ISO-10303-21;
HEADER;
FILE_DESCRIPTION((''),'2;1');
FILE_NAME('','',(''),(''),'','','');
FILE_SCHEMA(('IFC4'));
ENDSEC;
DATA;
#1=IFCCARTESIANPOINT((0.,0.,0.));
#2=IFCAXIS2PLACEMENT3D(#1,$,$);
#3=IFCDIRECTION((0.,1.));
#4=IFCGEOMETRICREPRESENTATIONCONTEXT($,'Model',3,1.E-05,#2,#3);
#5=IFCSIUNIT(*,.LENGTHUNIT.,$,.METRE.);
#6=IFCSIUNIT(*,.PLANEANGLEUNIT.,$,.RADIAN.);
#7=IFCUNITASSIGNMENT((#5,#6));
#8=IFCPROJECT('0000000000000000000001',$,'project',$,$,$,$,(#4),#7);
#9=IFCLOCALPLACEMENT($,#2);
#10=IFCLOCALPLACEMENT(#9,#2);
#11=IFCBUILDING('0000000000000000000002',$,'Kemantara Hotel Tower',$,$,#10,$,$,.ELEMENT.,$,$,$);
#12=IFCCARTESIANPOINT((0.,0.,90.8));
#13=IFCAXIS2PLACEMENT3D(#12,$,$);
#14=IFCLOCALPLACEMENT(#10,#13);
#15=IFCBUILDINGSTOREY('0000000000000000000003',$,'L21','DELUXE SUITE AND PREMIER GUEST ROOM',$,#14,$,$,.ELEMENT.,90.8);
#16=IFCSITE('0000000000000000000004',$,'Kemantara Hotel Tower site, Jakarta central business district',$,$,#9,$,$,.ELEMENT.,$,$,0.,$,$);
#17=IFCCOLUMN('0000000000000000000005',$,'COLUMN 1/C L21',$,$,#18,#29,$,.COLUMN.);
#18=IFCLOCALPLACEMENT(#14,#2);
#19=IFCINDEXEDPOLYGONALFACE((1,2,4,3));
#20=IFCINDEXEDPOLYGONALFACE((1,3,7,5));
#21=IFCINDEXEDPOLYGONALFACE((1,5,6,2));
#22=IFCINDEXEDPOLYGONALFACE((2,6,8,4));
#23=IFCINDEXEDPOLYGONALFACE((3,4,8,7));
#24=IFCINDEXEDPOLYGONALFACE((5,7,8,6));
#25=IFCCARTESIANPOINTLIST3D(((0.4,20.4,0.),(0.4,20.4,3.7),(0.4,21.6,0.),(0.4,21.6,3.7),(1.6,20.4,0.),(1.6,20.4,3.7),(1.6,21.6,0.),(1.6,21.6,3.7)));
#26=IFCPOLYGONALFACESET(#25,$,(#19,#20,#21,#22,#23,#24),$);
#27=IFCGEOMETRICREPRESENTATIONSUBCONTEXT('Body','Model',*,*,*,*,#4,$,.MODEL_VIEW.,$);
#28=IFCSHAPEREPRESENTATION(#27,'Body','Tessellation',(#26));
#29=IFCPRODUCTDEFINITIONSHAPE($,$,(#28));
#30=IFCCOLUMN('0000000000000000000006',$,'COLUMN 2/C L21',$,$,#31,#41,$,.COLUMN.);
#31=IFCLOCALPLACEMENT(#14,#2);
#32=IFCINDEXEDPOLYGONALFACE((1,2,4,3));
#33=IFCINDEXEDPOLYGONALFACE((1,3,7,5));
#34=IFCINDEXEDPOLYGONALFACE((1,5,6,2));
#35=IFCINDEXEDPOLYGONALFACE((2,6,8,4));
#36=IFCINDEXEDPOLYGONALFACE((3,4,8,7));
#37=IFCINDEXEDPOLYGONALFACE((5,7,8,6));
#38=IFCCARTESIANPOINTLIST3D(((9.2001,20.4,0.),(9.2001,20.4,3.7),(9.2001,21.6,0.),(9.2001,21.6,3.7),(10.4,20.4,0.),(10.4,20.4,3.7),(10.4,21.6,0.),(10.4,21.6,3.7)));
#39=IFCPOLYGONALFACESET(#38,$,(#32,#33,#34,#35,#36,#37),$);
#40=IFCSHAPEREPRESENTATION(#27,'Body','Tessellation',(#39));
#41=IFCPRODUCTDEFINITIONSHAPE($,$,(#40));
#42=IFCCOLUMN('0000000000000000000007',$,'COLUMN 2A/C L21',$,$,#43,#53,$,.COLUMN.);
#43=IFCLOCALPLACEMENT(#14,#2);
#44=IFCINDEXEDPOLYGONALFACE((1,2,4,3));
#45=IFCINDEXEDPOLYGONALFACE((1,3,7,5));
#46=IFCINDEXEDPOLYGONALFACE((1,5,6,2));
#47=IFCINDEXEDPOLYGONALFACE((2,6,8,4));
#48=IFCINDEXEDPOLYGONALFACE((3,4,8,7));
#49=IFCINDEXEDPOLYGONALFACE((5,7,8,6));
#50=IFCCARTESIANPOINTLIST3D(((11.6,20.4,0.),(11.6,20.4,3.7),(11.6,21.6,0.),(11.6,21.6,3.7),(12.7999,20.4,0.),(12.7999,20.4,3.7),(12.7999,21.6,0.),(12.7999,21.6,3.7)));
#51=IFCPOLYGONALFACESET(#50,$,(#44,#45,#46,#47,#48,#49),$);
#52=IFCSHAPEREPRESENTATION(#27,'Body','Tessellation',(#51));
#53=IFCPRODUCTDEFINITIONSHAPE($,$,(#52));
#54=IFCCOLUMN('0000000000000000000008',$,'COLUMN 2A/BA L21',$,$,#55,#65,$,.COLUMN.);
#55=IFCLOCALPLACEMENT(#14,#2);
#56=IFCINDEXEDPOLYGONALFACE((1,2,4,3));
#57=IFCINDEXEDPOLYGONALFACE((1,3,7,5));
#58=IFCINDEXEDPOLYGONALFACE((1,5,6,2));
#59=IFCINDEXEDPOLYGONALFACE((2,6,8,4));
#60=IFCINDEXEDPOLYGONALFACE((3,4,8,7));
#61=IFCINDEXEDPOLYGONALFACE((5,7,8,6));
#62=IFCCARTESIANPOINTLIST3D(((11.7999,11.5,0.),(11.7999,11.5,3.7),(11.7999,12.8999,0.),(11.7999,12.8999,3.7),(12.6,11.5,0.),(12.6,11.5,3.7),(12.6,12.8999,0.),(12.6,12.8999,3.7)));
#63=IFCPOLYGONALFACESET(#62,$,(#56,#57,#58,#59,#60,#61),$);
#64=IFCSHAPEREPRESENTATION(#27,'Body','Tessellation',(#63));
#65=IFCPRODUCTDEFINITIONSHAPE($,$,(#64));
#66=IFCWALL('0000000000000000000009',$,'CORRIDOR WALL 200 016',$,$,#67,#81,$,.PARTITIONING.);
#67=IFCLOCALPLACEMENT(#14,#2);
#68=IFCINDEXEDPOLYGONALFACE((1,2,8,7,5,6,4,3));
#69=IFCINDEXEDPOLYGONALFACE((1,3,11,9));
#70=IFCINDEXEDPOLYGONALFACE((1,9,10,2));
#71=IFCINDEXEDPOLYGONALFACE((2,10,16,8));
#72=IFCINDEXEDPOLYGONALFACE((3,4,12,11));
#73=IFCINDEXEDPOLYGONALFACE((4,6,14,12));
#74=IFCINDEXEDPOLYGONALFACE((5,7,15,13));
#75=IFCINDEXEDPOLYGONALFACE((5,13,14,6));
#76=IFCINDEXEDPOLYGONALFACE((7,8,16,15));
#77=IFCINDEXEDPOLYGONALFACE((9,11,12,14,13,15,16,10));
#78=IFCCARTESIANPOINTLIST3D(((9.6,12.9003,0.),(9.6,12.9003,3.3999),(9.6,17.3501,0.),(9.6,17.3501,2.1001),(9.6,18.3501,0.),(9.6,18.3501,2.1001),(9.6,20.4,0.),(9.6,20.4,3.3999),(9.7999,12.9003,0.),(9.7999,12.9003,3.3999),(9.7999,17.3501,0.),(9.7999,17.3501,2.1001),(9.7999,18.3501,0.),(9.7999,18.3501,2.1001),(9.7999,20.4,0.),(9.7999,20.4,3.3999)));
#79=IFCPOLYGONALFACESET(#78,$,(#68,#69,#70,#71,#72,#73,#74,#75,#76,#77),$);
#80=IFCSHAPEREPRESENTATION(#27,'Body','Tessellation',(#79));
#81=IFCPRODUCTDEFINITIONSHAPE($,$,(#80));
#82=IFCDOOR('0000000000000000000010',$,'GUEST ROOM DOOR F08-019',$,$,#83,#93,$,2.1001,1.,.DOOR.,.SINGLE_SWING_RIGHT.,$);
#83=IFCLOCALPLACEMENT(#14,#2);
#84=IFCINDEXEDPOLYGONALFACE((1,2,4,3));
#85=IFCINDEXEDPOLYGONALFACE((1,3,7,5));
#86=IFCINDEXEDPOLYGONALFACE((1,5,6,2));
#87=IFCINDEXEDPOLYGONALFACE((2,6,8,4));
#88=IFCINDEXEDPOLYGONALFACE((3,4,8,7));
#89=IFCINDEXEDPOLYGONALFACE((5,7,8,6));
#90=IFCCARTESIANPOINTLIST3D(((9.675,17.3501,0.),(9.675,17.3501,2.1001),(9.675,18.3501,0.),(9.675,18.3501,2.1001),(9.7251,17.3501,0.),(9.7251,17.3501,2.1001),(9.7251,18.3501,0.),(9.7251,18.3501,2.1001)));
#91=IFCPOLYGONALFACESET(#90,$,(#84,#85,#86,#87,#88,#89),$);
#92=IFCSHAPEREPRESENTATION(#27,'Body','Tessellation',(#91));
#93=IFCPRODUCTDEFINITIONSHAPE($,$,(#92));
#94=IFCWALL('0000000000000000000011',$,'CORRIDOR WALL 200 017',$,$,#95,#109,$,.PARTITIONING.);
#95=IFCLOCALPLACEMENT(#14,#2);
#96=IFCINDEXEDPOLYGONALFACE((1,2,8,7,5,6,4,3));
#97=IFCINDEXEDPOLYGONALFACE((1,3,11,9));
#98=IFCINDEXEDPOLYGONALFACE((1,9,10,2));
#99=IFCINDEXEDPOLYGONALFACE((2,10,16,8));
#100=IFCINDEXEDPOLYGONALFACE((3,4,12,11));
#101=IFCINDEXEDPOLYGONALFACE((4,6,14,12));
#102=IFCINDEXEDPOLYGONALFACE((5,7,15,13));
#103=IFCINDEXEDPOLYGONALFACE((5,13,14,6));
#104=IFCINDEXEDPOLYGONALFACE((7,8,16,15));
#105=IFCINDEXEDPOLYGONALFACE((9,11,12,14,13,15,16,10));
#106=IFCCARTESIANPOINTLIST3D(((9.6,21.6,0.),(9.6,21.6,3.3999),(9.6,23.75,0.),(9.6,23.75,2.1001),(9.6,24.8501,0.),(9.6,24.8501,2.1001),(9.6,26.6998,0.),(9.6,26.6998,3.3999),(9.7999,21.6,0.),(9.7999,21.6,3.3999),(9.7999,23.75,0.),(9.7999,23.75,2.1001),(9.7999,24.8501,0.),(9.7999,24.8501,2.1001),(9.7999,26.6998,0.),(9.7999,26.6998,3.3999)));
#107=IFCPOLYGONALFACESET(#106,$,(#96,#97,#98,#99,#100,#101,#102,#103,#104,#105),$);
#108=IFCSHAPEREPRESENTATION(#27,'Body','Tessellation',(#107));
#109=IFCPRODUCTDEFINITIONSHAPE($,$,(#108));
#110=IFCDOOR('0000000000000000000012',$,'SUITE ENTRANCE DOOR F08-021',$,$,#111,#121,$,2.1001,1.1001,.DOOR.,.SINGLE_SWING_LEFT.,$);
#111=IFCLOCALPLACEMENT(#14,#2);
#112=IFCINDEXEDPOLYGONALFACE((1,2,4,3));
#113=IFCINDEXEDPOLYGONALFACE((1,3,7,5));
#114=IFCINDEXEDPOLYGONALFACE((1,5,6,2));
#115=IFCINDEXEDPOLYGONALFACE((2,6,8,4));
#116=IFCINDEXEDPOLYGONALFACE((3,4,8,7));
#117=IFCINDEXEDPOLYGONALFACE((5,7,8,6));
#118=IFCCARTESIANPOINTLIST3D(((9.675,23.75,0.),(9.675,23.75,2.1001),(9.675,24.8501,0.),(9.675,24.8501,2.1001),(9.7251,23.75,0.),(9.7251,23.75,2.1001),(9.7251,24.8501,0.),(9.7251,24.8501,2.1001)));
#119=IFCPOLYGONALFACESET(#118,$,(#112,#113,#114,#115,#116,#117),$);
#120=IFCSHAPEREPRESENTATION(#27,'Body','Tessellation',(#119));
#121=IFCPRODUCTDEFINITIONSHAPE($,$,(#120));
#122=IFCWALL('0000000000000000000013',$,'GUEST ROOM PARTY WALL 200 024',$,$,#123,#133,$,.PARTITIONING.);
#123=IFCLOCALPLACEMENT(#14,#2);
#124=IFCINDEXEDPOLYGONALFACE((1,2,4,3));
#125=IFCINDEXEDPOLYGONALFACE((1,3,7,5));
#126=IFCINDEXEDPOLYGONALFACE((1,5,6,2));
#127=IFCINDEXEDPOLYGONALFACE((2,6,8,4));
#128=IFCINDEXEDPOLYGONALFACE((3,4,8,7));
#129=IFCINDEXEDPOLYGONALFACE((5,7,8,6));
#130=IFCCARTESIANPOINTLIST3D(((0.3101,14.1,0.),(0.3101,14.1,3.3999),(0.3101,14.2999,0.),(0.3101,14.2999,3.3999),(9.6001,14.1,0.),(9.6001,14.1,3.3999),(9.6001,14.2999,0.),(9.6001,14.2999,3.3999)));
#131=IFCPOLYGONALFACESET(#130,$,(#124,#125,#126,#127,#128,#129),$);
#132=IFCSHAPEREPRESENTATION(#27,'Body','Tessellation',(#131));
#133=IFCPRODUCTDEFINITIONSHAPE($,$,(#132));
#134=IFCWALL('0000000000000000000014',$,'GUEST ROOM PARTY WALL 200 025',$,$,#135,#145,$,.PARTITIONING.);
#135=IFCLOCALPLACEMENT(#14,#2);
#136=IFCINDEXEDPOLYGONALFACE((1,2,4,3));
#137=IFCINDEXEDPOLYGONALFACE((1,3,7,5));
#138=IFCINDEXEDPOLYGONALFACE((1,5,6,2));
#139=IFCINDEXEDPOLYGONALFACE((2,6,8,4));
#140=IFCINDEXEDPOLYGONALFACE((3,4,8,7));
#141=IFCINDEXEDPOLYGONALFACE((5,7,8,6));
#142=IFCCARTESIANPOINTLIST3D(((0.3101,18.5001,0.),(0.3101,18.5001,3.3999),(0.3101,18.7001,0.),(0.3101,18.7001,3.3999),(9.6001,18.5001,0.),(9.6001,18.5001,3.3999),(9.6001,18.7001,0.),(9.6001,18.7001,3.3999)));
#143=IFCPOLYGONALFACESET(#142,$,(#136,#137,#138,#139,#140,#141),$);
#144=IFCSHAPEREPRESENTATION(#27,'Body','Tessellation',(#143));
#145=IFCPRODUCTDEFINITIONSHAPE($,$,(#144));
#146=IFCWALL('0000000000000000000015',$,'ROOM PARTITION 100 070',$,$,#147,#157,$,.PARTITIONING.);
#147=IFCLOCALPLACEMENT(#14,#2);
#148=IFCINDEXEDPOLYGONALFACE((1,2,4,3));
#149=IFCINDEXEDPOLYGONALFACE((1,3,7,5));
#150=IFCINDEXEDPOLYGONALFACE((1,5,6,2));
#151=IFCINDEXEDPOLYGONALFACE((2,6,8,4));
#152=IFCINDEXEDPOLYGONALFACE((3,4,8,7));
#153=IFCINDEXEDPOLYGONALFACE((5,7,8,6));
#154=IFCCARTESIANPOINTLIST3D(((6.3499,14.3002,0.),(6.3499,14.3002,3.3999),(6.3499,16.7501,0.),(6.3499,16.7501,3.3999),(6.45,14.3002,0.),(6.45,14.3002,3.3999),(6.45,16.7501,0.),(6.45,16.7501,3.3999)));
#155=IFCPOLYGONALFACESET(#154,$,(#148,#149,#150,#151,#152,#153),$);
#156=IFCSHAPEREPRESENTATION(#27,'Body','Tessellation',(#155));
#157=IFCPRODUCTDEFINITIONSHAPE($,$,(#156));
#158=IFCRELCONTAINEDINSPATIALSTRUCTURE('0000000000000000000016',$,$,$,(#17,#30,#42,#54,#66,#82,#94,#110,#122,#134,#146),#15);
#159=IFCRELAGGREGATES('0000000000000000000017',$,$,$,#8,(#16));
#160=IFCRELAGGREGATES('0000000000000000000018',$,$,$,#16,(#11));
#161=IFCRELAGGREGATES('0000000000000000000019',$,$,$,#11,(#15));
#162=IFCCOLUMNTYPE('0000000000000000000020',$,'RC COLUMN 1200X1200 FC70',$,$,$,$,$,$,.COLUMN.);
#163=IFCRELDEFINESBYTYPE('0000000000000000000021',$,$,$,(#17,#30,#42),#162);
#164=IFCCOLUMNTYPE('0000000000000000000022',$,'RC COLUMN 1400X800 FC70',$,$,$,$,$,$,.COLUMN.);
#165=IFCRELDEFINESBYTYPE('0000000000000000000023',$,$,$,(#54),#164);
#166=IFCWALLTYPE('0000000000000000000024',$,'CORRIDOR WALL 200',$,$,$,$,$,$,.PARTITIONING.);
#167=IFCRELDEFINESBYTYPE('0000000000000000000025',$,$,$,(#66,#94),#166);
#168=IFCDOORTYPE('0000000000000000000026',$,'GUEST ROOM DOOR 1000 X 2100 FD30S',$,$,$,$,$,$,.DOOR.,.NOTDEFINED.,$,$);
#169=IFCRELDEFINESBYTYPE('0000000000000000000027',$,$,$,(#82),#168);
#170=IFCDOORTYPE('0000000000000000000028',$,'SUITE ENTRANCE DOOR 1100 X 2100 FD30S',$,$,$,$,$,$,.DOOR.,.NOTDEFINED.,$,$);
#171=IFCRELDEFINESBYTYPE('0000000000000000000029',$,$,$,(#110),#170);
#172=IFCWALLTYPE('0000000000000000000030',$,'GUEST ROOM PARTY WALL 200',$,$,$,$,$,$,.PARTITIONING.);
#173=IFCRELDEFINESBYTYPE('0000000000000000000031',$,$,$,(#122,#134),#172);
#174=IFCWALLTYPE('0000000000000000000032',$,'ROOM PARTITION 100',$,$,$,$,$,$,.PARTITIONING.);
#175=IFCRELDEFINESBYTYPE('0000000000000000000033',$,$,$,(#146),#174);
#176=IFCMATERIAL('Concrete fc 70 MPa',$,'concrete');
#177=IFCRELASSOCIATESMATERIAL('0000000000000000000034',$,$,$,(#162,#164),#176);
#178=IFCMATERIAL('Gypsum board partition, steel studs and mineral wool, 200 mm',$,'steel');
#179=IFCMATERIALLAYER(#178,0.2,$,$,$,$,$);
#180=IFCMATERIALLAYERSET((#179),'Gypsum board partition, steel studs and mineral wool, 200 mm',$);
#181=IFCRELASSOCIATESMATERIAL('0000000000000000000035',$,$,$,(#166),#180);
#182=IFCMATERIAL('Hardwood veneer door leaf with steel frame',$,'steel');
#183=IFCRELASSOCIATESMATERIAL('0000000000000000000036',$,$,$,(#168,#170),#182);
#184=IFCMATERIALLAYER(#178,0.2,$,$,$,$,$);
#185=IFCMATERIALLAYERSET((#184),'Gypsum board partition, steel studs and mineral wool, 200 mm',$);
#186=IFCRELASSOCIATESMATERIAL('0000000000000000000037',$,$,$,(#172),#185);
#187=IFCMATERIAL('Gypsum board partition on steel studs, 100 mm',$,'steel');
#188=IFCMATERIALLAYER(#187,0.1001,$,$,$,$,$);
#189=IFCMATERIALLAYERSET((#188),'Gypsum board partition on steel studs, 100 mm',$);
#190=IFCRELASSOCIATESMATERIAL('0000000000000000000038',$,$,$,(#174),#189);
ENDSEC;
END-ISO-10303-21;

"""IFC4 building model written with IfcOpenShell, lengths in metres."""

from ifc_helpers import new_model, si_unit, direction, frame, frame_2d, origin, origin_2d, place, context, subcontext, project, spatial, rectangle, extrude, material, layer, layer_set, material_profile, profile_set, type_object, element, fill, save


model = new_model("IFC4")

# Units and contexts
model_context = context("Model", 3, precision=1e-05, world=origin(), true_north=direction((0.0, 1.0)))
body_context = subcontext(model_context, "Body", "Model", "MODEL_VIEW")
ifc_project = project(units=[si_unit("LENGTHUNIT", "METRE"), si_unit("PLANEANGLEUNIT", "RADIAN")], contexts=[model_context])

# Site, building, storey
site_placement = place(None, origin())
site = spatial("IfcSite", under=ifc_project, at=site_placement, Name="Kemantara Hotel Tower site, Jakarta central business district", CompositionType="ELEMENT", RefElevation=0.0)
building_placement = place(site_placement, origin())
building = spatial("IfcBuilding", under=site, at=building_placement, Name="Kemantara Hotel Tower", CompositionType="ELEMENT")
storey_placement = place(building_placement, frame((0.0, 0.0, 90.8)))
storey = spatial("IfcBuildingStorey", under=building, at=storey_placement, Name="L21", Description="DELUXE SUITE AND PREMIER GUEST ROOM", CompositionType="ELEMENT", Elevation=90.8)

# Columns
ifc_material_1 = material(Name="Concrete fc 70 MPa", Category="concrete")
ifc_material_profile_1 = material_profile(ifc_material_1, rectangle(XDim=1.2, YDim=1.2, at=origin_2d()), Name="RC 1200X1200")
ifc_profile_set_1 = profile_set([ifc_material_profile_1], Name="Concrete fc 70 MPa")
column_type_1 = type_object("IfcColumnType", Name="RC COLUMN 1200X1200 FC70", PredefinedType="COLUMN", material=ifc_profile_set_1)
for number, where, z_axis, x_axis, name in (
    (1, (1.0, 21.0, 0.0), (0.0, 0.0, 1.0), (1.0, 0.0, 0.0), "COLUMN 1/C L21"),
    (2, (9.8, 21.0, 0.0), (0.0, 0.0, 1.0), (1.0, 0.0, 0.0), "COLUMN 2/C L21"),
    (3, (12.2, 21.0, 0.0), (0.0, 0.0, 1.0), (1.0, 0.0, 0.0), "COLUMN 2A/C L21"),
):
    element("IfcColumn", number, at=place(storey_placement, frame(where, z_axis=z_axis, x_axis=x_axis)), inside=storey, type_object=column_type_1, Name=name, PredefinedType="COLUMN", context=body_context, shape_type="SweptSolid", body=[
        extrude(rectangle(XDim=1.2, YDim=1.2, at=origin_2d()), origin(), (0.0, 0.0, 1.0), 3.7),
    ])
ifc_material_profile_2 = material_profile(ifc_material_1, rectangle(XDim=1.3999, YDim=0.8, at=origin_2d()), Name="RC 1400X800")
ifc_profile_set_2 = profile_set([ifc_material_profile_2], Name="Concrete fc 70 MPa")
column_type_2 = type_object("IfcColumnType", Name="RC COLUMN 1400X800 FC70", PredefinedType="COLUMN", material=ifc_profile_set_2)
column_placement = place(storey_placement, frame((12.2, 12.2, 0.0), z_axis=(0.0, 0.0, 1.0), x_axis=(0.0, 1.0, 0.0)))
element("IfcColumn", 4, at=column_placement, inside=storey, type_object=column_type_2, Name="COLUMN 2A/BA L21", PredefinedType="COLUMN", context=body_context, shape_type="SweptSolid", body=[
    extrude(rectangle(XDim=1.3999, YDim=0.8, at=origin_2d()), origin(), (0.0, 0.0, 1.0), 3.7),
])

# Walls, openings, doors
ifc_material_2 = material(Name="Gypsum board partition, steel studs and mineral wool, 200 mm", Category="steel")
ifc_layer_1 = layer(ifc_material_2, 0.2)
ifc_layer_set_1 = layer_set([ifc_layer_1], Name="Gypsum board partition, steel studs and mineral wool, 200 mm")
wall_type_1 = type_object("IfcWallType", Name="CORRIDOR WALL 200", PredefinedType="PARTITIONING", material=ifc_layer_set_1)
wall_1_placement = place(storey_placement, frame((9.7, 12.9001, 0.0), z_axis=(0.0, 0.0, 1.0), x_axis=(0.0, 1.0, 0.0)))
wall_1 = element("IfcWall", 5, at=wall_1_placement, inside=storey, type_object=wall_type_1, Name="CORRIDOR WALL 200 016", PredefinedType="PARTITIONING", context=body_context, shape_type="SweptSolid", body=[
    extrude(rectangle(XDim=7.4998, YDim=0.2, at=frame_2d((3.75, 0.0))), origin(), (0.0, 0.0, 1.0), 3.3999),
])
opening_1_placement = place(wall_1_placement, frame((4.45, 0.0, 0.0)))
opening_1 = element("IfcOpeningElement", 6, at=opening_1_placement, cuts=wall_1, PredefinedType="OPENING", context=body_context, shape_type="SweptSolid", body=[
    extrude(rectangle(XDim=1.0, YDim=2.1001, at=frame_2d((0.5, 1.05))), frame((0.0, 0.1099, 0.0), z_axis=(0.0, -1.0, 0.0), x_axis=(1.0, 0.0, 0.0)), (0.0, 0.0, 1.0), 0.22),
])
ifc_material_3 = material(Name="Hardwood veneer door leaf with steel frame", Category="steel")
door_type_1 = type_object("IfcDoorType", Name="GUEST ROOM DOOR 1000 X 2100 FD30S", OperationType="NOTDEFINED", PredefinedType="DOOR", material=ifc_material_3)
door_1_placement = place(opening_1_placement, origin())
door_1 = element("IfcDoor", 7, at=door_1_placement, inside=storey, type_object=door_type_1, Name="GUEST ROOM DOOR F08-019", OperationType="SINGLE_SWING_RIGHT", OverallHeight=2.1001, OverallWidth=1.0, PredefinedType="DOOR", context=body_context, shape_type="SweptSolid", body=[
    extrude(rectangle(XDim=1.0, YDim=2.1001, at=frame_2d((0.5, 1.05))), frame((0.0, 0.0249, 0.0), z_axis=(0.0, -1.0, 0.0), x_axis=(1.0, 0.0, 0.0)), (0.0, 0.0, 1.0), 0.05),
])
fill(opening_1, door_1)
wall_2_placement = place(storey_placement, frame((9.7, 21.6001, 0.0), z_axis=(0.0, 0.0, 1.0), x_axis=(0.0, 1.0, 0.0)))
wall_2 = element("IfcWall", 8, at=wall_2_placement, inside=storey, type_object=wall_type_1, Name="CORRIDOR WALL 200 017", PredefinedType="PARTITIONING", context=body_context, shape_type="SweptSolid", body=[
    extrude(rectangle(XDim=5.0999, YDim=0.2, at=frame_2d((2.5498, 0.0))), origin(), (0.0, 0.0, 1.0), 3.3999),
])
opening_2_placement = place(wall_2_placement, frame((2.1499, 0.0, 0.0)))
opening_2 = element("IfcOpeningElement", 9, at=opening_2_placement, cuts=wall_2, PredefinedType="OPENING", context=body_context, shape_type="SweptSolid", body=[
    extrude(rectangle(XDim=1.1001, YDim=2.1001, at=frame_2d((0.55, 1.05))), frame((0.0, 0.1099, 0.0), z_axis=(0.0, -1.0, 0.0), x_axis=(1.0, 0.0, 0.0)), (0.0, 0.0, 1.0), 0.22),
])
door_type_2 = type_object("IfcDoorType", Name="SUITE ENTRANCE DOOR 1100 X 2100 FD30S", OperationType="NOTDEFINED", PredefinedType="DOOR", material=ifc_material_3)
door_2_placement = place(opening_2_placement, origin())
door_2 = element("IfcDoor", 10, at=door_2_placement, inside=storey, type_object=door_type_2, Name="SUITE ENTRANCE DOOR F08-021", OperationType="SINGLE_SWING_LEFT", OverallHeight=2.1001, OverallWidth=1.1001, PredefinedType="DOOR", context=body_context, shape_type="SweptSolid", body=[
    extrude(rectangle(XDim=1.1001, YDim=2.1001, at=frame_2d((0.55, 1.05))), frame((0.0, 0.0249, 0.0), z_axis=(0.0, -1.0, 0.0), x_axis=(1.0, 0.0, 0.0)), (0.0, 0.0, 1.0), 0.05),
])
fill(opening_2, door_2)

# Walls
ifc_layer_2 = layer(ifc_material_2, 0.2)
ifc_layer_set_2 = layer_set([ifc_layer_2], Name="Gypsum board partition, steel studs and mineral wool, 200 mm")
wall_type_2 = type_object("IfcWallType", Name="GUEST ROOM PARTY WALL 200", PredefinedType="PARTITIONING", material=ifc_layer_set_2)
for number, where, z_axis, x_axis, name in (
    (11, (0.3101, 14.2, 0.0), (0.0, 0.0, 1.0), (1.0, 0.0, 0.0), "GUEST ROOM PARTY WALL 200 024"),
    (12, (0.3101, 18.6001, 0.0), (0.0, 0.0, 1.0), (1.0, 0.0, 0.0), "GUEST ROOM PARTY WALL 200 025"),
):
    element("IfcWall", number, at=place(storey_placement, frame(where, z_axis=z_axis, x_axis=x_axis)), inside=storey, type_object=wall_type_2, Name=name, PredefinedType="PARTITIONING", context=body_context, shape_type="SweptSolid", body=[
        extrude(rectangle(XDim=9.29, YDim=0.2, at=frame_2d((4.645, 0.0))), origin(), (0.0, 0.0, 1.0), 3.3999),
    ])
ifc_material_4 = material(Name="Gypsum board partition on steel studs, 100 mm", Category="steel")
ifc_layer_3 = layer(ifc_material_4, 0.1001)
ifc_layer_set_3 = layer_set([ifc_layer_3], Name="Gypsum board partition on steel studs, 100 mm")
wall_type_3 = type_object("IfcWallType", Name="ROOM PARTITION 100", PredefinedType="PARTITIONING", material=ifc_layer_set_3)
wall_3_placement = place(storey_placement, frame((6.3999, 14.3, 0.0), z_axis=(0.0, 0.0, 1.0), x_axis=(0.0, 1.0, 0.0)))
element("IfcWall", 13, at=wall_3_placement, inside=storey, type_object=wall_type_3, Name="ROOM PARTITION 100 070", PredefinedType="PARTITIONING", context=body_context, shape_type="SweptSolid", body=[
    extrude(rectangle(XDim=2.45, YDim=0.1001, at=frame_2d((1.2251, 0.0))), origin(), (0.0, 0.0, 1.0), 3.3999),
])

save(model, "model.ifc")
